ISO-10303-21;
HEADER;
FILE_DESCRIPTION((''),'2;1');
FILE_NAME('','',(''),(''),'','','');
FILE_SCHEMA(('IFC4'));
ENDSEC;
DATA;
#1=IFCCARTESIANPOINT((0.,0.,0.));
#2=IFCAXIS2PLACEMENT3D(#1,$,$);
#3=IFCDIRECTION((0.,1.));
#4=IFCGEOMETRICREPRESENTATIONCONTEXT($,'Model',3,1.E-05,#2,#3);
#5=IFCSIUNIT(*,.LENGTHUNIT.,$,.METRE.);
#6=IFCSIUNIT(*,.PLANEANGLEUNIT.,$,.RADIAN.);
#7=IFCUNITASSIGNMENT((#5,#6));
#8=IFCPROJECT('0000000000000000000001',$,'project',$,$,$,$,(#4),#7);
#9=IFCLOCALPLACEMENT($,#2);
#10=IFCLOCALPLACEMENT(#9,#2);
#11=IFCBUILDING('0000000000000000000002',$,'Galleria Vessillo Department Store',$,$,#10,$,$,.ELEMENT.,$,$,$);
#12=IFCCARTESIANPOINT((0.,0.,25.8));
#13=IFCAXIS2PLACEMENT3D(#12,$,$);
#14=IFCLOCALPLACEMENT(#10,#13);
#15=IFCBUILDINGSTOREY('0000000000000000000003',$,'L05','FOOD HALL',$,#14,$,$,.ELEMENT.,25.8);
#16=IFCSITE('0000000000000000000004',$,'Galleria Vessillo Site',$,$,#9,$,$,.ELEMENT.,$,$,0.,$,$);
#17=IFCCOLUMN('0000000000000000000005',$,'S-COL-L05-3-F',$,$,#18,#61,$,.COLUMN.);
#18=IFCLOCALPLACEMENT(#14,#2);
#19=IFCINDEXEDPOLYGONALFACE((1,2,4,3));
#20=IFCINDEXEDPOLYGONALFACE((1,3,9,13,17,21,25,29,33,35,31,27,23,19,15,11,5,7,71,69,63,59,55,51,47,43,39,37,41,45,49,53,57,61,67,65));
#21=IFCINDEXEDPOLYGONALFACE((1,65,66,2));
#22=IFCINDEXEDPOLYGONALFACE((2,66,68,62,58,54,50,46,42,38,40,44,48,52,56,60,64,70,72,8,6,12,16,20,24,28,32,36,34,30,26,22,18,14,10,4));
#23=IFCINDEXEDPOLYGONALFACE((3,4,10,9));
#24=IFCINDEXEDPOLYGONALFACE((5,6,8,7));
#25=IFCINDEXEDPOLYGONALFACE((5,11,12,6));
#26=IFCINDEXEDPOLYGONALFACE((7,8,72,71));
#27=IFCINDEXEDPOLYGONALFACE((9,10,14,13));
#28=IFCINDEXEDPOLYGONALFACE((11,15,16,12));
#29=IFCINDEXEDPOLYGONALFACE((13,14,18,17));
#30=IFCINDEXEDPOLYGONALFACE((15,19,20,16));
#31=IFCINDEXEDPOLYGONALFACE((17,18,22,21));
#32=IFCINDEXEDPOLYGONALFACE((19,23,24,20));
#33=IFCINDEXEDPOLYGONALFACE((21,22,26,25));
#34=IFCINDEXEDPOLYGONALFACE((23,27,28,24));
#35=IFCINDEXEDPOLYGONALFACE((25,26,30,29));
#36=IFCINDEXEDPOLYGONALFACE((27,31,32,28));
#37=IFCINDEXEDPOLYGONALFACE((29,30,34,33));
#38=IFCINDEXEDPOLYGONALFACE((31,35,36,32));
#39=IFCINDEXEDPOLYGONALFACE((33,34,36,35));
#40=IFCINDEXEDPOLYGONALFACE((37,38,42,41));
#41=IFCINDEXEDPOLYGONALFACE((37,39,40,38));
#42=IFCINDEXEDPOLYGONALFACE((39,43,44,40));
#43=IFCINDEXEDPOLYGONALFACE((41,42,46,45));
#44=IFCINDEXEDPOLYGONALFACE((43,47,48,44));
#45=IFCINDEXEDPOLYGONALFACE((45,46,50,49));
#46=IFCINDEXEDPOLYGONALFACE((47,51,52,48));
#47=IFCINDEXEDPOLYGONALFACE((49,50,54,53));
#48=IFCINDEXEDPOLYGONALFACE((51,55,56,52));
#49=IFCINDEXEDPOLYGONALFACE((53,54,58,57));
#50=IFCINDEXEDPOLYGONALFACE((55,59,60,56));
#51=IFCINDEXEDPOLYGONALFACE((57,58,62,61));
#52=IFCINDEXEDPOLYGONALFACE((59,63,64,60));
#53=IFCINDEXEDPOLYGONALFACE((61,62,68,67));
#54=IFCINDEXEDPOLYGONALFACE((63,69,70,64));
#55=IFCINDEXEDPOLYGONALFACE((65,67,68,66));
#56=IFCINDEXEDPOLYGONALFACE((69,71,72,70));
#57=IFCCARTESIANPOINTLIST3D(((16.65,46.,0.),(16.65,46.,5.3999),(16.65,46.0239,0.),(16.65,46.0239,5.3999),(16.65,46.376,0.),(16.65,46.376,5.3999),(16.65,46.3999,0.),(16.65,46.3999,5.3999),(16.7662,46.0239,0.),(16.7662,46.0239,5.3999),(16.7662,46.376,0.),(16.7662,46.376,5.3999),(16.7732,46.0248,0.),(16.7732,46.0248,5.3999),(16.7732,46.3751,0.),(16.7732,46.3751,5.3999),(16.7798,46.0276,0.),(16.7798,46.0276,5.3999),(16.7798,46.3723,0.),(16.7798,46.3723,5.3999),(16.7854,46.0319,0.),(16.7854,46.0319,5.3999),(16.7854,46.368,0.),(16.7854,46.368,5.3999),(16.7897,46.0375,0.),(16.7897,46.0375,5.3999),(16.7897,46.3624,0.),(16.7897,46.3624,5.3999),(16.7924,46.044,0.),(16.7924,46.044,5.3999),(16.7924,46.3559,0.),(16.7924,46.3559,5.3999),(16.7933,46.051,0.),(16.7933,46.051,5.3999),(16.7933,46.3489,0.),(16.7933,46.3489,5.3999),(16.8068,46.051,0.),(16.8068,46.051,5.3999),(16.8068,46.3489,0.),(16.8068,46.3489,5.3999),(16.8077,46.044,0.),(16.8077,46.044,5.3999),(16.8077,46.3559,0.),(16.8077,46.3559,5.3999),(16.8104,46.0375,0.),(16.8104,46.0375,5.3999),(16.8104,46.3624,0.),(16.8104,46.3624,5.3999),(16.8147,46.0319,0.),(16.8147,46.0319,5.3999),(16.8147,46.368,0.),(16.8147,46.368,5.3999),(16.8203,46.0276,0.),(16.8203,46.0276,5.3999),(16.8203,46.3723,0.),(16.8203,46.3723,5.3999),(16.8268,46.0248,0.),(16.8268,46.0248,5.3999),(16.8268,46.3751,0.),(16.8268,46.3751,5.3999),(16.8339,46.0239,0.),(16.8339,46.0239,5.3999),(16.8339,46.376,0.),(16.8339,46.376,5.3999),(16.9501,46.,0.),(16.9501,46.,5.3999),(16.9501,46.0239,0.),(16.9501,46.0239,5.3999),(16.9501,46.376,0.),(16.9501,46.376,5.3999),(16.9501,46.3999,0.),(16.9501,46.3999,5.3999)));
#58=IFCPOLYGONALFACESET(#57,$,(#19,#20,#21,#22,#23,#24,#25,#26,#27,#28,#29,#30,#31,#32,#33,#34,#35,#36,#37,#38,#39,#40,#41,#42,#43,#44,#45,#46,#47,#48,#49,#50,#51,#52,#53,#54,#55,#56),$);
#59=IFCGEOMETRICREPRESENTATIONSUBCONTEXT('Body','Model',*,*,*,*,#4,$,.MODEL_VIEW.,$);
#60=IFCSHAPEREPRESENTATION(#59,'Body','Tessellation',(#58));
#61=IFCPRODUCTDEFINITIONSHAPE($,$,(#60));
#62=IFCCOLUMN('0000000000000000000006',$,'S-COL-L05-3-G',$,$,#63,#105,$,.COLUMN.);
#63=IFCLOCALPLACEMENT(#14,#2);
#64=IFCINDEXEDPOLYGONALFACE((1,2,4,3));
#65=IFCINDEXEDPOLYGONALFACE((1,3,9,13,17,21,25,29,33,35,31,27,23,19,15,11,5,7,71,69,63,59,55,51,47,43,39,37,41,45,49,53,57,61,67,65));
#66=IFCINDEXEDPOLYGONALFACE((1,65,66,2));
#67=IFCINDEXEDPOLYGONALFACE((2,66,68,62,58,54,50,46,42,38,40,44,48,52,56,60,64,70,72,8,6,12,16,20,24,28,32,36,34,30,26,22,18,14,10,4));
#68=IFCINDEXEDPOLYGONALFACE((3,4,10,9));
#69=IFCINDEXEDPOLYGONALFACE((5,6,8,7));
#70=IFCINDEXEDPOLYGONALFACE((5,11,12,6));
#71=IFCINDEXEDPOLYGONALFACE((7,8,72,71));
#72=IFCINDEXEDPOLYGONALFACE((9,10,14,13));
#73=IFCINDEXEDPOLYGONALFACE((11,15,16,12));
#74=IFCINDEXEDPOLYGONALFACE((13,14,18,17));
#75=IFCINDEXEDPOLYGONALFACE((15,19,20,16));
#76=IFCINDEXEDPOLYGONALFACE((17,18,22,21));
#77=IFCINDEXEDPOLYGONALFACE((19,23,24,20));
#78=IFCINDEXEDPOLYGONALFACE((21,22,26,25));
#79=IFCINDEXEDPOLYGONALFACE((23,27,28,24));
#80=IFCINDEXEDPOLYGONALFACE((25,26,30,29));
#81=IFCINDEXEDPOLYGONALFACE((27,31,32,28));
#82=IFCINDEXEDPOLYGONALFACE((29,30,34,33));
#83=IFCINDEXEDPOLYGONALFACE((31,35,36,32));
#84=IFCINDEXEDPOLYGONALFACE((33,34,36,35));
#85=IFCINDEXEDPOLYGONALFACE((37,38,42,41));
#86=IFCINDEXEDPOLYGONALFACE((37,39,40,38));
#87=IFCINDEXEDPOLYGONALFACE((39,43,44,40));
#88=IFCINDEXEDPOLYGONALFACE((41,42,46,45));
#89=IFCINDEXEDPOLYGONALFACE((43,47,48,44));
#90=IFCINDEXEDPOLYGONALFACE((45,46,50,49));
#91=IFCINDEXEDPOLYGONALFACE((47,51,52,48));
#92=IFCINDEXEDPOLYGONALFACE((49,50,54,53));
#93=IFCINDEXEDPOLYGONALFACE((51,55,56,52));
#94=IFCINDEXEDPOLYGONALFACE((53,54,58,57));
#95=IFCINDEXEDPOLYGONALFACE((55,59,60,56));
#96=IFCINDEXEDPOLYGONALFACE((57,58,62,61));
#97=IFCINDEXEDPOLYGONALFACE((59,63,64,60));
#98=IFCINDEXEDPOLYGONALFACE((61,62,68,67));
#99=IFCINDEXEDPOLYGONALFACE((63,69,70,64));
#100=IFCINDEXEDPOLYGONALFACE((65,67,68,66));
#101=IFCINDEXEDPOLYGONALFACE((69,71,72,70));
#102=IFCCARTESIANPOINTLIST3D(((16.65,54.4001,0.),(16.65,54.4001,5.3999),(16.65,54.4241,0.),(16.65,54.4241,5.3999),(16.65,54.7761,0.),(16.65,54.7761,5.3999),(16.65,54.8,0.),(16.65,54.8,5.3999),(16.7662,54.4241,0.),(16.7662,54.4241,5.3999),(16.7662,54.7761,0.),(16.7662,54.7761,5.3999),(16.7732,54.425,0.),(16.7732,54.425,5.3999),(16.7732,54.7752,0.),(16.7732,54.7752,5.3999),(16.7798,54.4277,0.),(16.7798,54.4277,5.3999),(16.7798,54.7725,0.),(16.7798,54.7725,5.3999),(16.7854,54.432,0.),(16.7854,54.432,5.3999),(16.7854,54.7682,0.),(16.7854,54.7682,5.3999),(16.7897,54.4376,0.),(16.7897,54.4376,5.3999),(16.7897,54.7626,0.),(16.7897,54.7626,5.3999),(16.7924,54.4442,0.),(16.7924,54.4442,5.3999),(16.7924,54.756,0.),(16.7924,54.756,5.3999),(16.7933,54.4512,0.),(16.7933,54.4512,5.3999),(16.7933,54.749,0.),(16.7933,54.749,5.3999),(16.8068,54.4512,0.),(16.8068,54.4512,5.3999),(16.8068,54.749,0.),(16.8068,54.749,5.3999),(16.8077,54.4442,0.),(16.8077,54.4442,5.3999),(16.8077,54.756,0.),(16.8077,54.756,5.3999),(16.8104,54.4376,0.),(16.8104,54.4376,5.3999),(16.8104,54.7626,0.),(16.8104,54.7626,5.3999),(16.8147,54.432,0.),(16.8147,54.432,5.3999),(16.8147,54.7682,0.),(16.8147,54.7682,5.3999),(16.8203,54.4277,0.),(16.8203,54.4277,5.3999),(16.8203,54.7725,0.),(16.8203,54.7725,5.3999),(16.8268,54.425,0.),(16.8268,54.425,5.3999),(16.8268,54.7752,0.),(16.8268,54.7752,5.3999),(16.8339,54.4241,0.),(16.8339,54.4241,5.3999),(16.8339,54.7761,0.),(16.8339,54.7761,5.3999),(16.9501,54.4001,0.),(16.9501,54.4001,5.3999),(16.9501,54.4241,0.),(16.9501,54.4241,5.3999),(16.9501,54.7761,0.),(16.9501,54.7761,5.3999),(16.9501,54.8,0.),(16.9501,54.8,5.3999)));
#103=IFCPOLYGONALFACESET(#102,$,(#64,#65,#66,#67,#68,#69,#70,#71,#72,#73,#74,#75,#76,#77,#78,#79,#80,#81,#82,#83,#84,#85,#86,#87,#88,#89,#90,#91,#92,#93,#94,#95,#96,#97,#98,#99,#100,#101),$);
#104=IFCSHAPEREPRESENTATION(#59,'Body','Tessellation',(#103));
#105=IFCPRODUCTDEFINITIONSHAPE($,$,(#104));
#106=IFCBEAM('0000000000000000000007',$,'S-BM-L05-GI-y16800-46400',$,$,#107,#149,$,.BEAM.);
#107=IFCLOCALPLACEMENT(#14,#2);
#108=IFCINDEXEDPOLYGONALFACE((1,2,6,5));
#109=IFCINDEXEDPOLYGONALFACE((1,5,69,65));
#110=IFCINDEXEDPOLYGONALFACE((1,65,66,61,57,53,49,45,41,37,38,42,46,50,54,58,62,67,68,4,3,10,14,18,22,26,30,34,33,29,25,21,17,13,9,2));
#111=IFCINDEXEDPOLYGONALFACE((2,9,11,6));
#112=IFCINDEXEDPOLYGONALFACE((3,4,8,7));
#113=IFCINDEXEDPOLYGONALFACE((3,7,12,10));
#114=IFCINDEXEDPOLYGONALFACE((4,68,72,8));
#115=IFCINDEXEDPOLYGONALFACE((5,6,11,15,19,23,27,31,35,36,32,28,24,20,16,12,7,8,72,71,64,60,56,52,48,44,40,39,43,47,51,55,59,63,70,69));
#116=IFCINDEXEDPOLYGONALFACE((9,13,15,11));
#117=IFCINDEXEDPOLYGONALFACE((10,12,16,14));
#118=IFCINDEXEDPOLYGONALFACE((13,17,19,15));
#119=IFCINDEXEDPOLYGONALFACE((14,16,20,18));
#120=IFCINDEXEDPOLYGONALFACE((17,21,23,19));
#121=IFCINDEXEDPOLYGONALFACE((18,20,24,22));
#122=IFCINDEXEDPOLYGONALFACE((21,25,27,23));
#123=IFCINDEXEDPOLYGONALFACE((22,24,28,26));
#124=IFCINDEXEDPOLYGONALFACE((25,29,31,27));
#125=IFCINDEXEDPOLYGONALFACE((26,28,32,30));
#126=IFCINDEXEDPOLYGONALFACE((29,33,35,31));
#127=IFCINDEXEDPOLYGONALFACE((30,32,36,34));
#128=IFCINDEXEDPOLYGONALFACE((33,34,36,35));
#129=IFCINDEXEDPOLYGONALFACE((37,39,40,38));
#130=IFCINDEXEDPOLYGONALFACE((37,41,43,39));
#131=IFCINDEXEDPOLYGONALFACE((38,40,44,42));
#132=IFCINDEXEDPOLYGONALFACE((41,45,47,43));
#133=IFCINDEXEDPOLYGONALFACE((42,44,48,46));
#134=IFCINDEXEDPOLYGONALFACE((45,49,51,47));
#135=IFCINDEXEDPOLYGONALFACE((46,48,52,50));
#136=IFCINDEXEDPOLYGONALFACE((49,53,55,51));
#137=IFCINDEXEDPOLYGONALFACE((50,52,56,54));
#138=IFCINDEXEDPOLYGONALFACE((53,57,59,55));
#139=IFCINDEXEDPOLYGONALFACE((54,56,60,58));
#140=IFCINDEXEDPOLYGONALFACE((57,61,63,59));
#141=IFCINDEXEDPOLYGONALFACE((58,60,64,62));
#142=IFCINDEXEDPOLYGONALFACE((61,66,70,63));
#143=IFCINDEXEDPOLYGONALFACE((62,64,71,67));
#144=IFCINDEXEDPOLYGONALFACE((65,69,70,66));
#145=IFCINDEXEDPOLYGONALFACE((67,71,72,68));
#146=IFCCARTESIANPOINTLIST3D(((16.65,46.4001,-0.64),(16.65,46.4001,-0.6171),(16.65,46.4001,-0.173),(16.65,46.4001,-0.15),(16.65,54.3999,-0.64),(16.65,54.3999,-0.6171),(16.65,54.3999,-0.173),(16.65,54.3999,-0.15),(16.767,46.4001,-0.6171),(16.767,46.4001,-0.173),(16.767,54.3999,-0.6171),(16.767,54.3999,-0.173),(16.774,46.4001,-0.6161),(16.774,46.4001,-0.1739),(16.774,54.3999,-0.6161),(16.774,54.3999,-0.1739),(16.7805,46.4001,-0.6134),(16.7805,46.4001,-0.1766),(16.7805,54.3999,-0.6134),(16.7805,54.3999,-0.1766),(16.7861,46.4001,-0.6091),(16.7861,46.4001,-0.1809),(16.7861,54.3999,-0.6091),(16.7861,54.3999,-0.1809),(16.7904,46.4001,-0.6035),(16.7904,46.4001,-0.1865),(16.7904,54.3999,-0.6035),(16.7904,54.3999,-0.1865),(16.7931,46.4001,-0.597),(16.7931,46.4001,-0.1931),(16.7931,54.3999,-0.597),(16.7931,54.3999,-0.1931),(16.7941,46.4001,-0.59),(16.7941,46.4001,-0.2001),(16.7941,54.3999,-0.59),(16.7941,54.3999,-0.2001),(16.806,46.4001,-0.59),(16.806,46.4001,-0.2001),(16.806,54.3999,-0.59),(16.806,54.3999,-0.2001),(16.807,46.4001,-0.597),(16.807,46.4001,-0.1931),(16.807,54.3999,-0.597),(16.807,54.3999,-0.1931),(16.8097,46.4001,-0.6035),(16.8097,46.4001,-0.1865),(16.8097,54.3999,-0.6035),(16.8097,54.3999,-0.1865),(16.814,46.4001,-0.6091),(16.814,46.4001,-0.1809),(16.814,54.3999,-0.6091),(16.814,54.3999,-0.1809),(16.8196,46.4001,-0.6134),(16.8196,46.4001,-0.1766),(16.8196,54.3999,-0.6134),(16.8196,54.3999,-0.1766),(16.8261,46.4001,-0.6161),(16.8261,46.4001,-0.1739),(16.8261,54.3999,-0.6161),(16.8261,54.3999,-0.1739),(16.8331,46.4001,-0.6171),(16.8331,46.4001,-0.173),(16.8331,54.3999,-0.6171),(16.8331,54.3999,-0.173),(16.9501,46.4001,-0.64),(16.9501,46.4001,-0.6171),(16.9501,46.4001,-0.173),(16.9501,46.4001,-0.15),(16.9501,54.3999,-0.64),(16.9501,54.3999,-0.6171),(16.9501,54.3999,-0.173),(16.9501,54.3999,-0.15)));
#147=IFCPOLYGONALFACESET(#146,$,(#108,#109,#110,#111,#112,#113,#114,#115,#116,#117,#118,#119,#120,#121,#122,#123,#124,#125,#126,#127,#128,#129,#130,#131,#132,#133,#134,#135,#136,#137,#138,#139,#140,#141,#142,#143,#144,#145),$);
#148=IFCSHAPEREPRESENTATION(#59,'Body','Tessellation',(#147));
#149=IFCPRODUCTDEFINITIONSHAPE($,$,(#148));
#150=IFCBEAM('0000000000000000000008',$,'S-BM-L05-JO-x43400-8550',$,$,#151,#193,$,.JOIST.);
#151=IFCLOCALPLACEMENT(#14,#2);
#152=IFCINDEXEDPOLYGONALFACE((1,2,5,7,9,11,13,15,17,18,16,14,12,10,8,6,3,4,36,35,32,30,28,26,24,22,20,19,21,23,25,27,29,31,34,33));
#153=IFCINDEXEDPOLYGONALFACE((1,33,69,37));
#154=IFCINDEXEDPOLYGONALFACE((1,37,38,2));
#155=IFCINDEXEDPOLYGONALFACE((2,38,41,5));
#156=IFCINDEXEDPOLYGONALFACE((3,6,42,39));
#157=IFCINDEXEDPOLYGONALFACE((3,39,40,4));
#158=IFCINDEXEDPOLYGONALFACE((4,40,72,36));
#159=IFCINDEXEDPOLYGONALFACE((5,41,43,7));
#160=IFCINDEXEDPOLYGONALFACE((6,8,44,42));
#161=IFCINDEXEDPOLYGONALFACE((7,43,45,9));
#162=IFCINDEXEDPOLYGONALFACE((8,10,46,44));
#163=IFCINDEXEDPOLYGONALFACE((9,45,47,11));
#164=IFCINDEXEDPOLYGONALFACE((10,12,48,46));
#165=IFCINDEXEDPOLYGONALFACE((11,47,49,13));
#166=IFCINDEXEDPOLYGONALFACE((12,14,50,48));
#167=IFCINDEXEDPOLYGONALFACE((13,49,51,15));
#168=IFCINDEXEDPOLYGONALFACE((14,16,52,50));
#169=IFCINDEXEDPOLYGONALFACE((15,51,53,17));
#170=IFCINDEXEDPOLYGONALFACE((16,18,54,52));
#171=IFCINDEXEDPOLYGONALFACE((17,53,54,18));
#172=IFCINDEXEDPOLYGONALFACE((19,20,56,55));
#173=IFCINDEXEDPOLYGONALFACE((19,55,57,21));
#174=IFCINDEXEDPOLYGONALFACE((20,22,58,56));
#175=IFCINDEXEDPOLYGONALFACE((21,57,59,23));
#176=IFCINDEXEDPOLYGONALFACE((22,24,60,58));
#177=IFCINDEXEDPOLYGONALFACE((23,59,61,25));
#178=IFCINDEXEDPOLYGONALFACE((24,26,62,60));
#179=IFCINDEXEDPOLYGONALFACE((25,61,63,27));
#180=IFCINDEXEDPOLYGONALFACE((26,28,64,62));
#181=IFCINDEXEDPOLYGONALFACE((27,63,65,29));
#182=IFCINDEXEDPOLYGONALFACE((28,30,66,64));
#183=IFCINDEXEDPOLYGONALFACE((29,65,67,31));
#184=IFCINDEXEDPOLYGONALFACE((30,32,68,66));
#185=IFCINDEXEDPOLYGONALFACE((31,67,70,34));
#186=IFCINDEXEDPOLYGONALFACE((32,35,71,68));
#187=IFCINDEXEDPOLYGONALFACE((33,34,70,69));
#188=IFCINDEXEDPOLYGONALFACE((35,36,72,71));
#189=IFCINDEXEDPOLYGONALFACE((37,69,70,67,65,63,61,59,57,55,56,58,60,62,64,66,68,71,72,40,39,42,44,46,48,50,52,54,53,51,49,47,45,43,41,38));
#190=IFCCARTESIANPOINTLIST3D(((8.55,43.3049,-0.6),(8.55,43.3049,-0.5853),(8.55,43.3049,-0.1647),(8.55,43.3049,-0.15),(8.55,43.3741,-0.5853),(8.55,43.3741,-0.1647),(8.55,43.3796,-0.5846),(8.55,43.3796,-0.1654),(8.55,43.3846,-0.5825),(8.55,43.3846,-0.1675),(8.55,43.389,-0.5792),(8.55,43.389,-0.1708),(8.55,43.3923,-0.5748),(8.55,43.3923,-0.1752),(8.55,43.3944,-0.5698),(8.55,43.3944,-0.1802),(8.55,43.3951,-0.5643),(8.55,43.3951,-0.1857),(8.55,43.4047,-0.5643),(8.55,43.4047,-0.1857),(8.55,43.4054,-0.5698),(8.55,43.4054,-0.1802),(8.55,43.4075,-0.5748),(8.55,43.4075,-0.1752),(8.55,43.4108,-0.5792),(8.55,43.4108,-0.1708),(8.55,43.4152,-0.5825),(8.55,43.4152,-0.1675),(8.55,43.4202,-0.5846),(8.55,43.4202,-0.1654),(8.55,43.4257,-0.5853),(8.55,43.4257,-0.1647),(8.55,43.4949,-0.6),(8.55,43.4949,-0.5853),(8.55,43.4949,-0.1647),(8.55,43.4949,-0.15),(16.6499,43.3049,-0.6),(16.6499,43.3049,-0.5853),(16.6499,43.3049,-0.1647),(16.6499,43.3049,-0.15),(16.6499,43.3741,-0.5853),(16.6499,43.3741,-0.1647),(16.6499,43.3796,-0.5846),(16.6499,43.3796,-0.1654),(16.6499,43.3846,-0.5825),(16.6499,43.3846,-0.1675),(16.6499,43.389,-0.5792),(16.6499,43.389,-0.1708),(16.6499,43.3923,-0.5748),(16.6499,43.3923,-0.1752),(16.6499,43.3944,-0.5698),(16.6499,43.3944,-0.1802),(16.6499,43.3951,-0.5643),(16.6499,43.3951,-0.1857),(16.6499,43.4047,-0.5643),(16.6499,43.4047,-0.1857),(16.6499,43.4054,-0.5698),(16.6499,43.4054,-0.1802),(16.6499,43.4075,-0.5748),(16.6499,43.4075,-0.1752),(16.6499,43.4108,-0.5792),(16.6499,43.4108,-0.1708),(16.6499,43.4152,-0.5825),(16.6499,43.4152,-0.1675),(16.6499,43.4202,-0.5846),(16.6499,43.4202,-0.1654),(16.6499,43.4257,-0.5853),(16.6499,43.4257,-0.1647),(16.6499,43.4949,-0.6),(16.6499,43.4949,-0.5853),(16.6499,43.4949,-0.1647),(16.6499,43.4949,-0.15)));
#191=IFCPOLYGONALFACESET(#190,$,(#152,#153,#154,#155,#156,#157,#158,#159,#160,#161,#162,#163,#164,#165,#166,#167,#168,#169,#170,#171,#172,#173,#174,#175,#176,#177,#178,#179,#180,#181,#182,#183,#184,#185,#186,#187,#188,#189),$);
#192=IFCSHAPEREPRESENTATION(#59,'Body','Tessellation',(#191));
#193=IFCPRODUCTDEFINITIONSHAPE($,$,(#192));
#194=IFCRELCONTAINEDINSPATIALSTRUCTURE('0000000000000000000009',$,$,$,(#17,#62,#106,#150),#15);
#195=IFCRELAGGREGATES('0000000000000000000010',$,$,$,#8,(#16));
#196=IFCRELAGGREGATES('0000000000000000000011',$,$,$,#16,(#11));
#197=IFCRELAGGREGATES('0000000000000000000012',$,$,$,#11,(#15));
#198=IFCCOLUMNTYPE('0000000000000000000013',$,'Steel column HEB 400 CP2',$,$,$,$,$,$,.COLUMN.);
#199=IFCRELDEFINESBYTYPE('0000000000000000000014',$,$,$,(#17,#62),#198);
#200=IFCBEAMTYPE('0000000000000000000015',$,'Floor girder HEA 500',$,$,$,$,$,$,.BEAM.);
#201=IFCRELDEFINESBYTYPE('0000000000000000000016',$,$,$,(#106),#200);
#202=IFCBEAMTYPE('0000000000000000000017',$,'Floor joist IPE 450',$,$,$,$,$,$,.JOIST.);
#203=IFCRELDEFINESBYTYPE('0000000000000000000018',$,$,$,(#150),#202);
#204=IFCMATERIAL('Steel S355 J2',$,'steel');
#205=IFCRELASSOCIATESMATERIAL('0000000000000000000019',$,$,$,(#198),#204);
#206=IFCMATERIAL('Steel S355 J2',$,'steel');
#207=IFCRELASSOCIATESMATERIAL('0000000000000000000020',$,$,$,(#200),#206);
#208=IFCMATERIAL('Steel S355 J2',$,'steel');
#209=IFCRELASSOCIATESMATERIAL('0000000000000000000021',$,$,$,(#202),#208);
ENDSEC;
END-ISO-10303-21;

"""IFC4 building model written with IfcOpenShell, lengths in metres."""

from ifc_helpers import new_model, si_unit, direction, frame, origin, origin_2d, place, context, subcontext, project, spatial, i_section, extrude, material, material_profile, profile_set, type_object, element, save


model = new_model("IFC4")

# Units and contexts
model_context = context("Model", 3, precision=1e-05, world=origin(), true_north=direction((0.0, 1.0)))
body_context = subcontext(model_context, "Body", "Model", "MODEL_VIEW")
ifc_project = project(units=[si_unit("LENGTHUNIT", "METRE"), si_unit("PLANEANGLEUNIT", "RADIAN")], contexts=[model_context])

# Site, building, storey
site_placement = place(None, origin())
site = spatial("IfcSite", under=ifc_project, at=site_placement, Name="Galleria Vessillo Site", CompositionType="ELEMENT", RefElevation=0.0)
building_placement = place(site_placement, origin())
building = spatial("IfcBuilding", under=site, at=building_placement, Name="Galleria Vessillo Department Store", CompositionType="ELEMENT")
storey_placement = place(building_placement, frame((0.0, 0.0, 25.8)))
storey = spatial("IfcBuildingStorey", under=building, at=storey_placement, Name="L05", Description="FOOD HALL", CompositionType="ELEMENT", Elevation=25.8)

# Columns
ifc_material_1 = material(Name="Steel S355 J2", Category="steel")
ifc_material_profile_1 = material_profile(ifc_material_1, i_section(OverallWidth=0.3, OverallDepth=0.3999, WebThickness=0.0134, FlangeThickness=0.0239, FilletRadius=0.0271, at=origin_2d()), Name="HEB 400")
ifc_profile_set_1 = profile_set([ifc_material_profile_1], Name="Steel S355 J2")
column_type = type_object("IfcColumnType", Name="Steel column HEB 400 CP2", PredefinedType="COLUMN", material=ifc_profile_set_1)
for number, where, z_axis, x_axis, name in (
    (1, (16.8, 46.2, 0.0), (0.0, 0.0, 1.0), (1.0, 0.0, 0.0), "S-COL-L05-3-F"),
    (2, (16.8, 54.6001, 0.0), (0.0, 0.0, 1.0), (1.0, 0.0, 0.0), "S-COL-L05-3-G"),
):
    element("IfcColumn", number, at=place(storey_placement, frame(where, z_axis=z_axis, x_axis=x_axis)), inside=storey, type_object=column_type, Name=name, PredefinedType="COLUMN", context=body_context, shape_type="SweptSolid", body=[
        extrude(i_section(OverallWidth=0.3, OverallDepth=0.3999, WebThickness=0.0134, FlangeThickness=0.0239, FilletRadius=0.0271, at=origin_2d()), origin(), (0.0, 0.0, 1.0), 5.3999),
    ])

# Beams
ifc_material_2 = material(Name="Steel S355 J2", Category="steel")
ifc_material_profile_2 = material_profile(ifc_material_2, i_section(OverallWidth=0.3, OverallDepth=0.49, WebThickness=0.012, FlangeThickness=0.0229, FilletRadius=0.0271, at=origin_2d()), Name="HEA 500")
ifc_profile_set_2 = profile_set([ifc_material_profile_2], Name="Steel S355 J2")
beam_type_1 = type_object("IfcBeamType", Name="Floor girder HEA 500", PredefinedType="BEAM", material=ifc_profile_set_2)
beam_placement = place(storey_placement, frame((16.8, 46.4001, -0.395), z_axis=(0.0, 1.0, 0.0), x_axis=(-1.0, 0.0, 0.0)))
element("IfcBeam", 3, at=beam_placement, inside=storey, type_object=beam_type_1, Name="S-BM-L05-GI-y16800-46400", PredefinedType="BEAM", context=body_context, shape_type="SweptSolid", body=[
    extrude(i_section(OverallWidth=0.3, OverallDepth=0.49, WebThickness=0.012, FlangeThickness=0.0229, FilletRadius=0.0271, at=origin_2d()), origin(), (0.0, 0.0, 1.0), 7.9998),
])
ifc_material_3 = material(Name="Steel S355 J2", Category="steel")
ifc_material_profile_3 = material_profile(ifc_material_3, i_section(OverallWidth=0.1899, OverallDepth=0.45, WebThickness=0.0095, FlangeThickness=0.0146, FilletRadius=0.021, at=origin_2d()), Name="IPE 450")
ifc_profile_set_3 = profile_set([ifc_material_profile_3], Name="Steel S355 J2")
beam_type_2 = type_object("IfcBeamType", Name="Floor joist IPE 450", PredefinedType="JOIST", material=ifc_profile_set_3)
for number, where, z_axis, x_axis, name in (
    (4, (8.55, 43.3999, -0.375), (1.0, 0.0, 0.0), (0.0, 1.0, 0.0), "S-BM-L05-JO-x43400-8550"),
):
    element("IfcBeam", number, at=place(storey_placement, frame(where, z_axis=z_axis, x_axis=x_axis)), inside=storey, type_object=beam_type_2, Name=name, PredefinedType="JOIST", context=body_context, shape_type="SweptSolid", body=[
        extrude(i_section(OverallWidth=0.1899, OverallDepth=0.45, WebThickness=0.0095, FlangeThickness=0.0146, FilletRadius=0.021, at=origin_2d()), origin(), (0.0, 0.0, 1.0), 8.0999),
    ])

save(model, "model.ifc")
